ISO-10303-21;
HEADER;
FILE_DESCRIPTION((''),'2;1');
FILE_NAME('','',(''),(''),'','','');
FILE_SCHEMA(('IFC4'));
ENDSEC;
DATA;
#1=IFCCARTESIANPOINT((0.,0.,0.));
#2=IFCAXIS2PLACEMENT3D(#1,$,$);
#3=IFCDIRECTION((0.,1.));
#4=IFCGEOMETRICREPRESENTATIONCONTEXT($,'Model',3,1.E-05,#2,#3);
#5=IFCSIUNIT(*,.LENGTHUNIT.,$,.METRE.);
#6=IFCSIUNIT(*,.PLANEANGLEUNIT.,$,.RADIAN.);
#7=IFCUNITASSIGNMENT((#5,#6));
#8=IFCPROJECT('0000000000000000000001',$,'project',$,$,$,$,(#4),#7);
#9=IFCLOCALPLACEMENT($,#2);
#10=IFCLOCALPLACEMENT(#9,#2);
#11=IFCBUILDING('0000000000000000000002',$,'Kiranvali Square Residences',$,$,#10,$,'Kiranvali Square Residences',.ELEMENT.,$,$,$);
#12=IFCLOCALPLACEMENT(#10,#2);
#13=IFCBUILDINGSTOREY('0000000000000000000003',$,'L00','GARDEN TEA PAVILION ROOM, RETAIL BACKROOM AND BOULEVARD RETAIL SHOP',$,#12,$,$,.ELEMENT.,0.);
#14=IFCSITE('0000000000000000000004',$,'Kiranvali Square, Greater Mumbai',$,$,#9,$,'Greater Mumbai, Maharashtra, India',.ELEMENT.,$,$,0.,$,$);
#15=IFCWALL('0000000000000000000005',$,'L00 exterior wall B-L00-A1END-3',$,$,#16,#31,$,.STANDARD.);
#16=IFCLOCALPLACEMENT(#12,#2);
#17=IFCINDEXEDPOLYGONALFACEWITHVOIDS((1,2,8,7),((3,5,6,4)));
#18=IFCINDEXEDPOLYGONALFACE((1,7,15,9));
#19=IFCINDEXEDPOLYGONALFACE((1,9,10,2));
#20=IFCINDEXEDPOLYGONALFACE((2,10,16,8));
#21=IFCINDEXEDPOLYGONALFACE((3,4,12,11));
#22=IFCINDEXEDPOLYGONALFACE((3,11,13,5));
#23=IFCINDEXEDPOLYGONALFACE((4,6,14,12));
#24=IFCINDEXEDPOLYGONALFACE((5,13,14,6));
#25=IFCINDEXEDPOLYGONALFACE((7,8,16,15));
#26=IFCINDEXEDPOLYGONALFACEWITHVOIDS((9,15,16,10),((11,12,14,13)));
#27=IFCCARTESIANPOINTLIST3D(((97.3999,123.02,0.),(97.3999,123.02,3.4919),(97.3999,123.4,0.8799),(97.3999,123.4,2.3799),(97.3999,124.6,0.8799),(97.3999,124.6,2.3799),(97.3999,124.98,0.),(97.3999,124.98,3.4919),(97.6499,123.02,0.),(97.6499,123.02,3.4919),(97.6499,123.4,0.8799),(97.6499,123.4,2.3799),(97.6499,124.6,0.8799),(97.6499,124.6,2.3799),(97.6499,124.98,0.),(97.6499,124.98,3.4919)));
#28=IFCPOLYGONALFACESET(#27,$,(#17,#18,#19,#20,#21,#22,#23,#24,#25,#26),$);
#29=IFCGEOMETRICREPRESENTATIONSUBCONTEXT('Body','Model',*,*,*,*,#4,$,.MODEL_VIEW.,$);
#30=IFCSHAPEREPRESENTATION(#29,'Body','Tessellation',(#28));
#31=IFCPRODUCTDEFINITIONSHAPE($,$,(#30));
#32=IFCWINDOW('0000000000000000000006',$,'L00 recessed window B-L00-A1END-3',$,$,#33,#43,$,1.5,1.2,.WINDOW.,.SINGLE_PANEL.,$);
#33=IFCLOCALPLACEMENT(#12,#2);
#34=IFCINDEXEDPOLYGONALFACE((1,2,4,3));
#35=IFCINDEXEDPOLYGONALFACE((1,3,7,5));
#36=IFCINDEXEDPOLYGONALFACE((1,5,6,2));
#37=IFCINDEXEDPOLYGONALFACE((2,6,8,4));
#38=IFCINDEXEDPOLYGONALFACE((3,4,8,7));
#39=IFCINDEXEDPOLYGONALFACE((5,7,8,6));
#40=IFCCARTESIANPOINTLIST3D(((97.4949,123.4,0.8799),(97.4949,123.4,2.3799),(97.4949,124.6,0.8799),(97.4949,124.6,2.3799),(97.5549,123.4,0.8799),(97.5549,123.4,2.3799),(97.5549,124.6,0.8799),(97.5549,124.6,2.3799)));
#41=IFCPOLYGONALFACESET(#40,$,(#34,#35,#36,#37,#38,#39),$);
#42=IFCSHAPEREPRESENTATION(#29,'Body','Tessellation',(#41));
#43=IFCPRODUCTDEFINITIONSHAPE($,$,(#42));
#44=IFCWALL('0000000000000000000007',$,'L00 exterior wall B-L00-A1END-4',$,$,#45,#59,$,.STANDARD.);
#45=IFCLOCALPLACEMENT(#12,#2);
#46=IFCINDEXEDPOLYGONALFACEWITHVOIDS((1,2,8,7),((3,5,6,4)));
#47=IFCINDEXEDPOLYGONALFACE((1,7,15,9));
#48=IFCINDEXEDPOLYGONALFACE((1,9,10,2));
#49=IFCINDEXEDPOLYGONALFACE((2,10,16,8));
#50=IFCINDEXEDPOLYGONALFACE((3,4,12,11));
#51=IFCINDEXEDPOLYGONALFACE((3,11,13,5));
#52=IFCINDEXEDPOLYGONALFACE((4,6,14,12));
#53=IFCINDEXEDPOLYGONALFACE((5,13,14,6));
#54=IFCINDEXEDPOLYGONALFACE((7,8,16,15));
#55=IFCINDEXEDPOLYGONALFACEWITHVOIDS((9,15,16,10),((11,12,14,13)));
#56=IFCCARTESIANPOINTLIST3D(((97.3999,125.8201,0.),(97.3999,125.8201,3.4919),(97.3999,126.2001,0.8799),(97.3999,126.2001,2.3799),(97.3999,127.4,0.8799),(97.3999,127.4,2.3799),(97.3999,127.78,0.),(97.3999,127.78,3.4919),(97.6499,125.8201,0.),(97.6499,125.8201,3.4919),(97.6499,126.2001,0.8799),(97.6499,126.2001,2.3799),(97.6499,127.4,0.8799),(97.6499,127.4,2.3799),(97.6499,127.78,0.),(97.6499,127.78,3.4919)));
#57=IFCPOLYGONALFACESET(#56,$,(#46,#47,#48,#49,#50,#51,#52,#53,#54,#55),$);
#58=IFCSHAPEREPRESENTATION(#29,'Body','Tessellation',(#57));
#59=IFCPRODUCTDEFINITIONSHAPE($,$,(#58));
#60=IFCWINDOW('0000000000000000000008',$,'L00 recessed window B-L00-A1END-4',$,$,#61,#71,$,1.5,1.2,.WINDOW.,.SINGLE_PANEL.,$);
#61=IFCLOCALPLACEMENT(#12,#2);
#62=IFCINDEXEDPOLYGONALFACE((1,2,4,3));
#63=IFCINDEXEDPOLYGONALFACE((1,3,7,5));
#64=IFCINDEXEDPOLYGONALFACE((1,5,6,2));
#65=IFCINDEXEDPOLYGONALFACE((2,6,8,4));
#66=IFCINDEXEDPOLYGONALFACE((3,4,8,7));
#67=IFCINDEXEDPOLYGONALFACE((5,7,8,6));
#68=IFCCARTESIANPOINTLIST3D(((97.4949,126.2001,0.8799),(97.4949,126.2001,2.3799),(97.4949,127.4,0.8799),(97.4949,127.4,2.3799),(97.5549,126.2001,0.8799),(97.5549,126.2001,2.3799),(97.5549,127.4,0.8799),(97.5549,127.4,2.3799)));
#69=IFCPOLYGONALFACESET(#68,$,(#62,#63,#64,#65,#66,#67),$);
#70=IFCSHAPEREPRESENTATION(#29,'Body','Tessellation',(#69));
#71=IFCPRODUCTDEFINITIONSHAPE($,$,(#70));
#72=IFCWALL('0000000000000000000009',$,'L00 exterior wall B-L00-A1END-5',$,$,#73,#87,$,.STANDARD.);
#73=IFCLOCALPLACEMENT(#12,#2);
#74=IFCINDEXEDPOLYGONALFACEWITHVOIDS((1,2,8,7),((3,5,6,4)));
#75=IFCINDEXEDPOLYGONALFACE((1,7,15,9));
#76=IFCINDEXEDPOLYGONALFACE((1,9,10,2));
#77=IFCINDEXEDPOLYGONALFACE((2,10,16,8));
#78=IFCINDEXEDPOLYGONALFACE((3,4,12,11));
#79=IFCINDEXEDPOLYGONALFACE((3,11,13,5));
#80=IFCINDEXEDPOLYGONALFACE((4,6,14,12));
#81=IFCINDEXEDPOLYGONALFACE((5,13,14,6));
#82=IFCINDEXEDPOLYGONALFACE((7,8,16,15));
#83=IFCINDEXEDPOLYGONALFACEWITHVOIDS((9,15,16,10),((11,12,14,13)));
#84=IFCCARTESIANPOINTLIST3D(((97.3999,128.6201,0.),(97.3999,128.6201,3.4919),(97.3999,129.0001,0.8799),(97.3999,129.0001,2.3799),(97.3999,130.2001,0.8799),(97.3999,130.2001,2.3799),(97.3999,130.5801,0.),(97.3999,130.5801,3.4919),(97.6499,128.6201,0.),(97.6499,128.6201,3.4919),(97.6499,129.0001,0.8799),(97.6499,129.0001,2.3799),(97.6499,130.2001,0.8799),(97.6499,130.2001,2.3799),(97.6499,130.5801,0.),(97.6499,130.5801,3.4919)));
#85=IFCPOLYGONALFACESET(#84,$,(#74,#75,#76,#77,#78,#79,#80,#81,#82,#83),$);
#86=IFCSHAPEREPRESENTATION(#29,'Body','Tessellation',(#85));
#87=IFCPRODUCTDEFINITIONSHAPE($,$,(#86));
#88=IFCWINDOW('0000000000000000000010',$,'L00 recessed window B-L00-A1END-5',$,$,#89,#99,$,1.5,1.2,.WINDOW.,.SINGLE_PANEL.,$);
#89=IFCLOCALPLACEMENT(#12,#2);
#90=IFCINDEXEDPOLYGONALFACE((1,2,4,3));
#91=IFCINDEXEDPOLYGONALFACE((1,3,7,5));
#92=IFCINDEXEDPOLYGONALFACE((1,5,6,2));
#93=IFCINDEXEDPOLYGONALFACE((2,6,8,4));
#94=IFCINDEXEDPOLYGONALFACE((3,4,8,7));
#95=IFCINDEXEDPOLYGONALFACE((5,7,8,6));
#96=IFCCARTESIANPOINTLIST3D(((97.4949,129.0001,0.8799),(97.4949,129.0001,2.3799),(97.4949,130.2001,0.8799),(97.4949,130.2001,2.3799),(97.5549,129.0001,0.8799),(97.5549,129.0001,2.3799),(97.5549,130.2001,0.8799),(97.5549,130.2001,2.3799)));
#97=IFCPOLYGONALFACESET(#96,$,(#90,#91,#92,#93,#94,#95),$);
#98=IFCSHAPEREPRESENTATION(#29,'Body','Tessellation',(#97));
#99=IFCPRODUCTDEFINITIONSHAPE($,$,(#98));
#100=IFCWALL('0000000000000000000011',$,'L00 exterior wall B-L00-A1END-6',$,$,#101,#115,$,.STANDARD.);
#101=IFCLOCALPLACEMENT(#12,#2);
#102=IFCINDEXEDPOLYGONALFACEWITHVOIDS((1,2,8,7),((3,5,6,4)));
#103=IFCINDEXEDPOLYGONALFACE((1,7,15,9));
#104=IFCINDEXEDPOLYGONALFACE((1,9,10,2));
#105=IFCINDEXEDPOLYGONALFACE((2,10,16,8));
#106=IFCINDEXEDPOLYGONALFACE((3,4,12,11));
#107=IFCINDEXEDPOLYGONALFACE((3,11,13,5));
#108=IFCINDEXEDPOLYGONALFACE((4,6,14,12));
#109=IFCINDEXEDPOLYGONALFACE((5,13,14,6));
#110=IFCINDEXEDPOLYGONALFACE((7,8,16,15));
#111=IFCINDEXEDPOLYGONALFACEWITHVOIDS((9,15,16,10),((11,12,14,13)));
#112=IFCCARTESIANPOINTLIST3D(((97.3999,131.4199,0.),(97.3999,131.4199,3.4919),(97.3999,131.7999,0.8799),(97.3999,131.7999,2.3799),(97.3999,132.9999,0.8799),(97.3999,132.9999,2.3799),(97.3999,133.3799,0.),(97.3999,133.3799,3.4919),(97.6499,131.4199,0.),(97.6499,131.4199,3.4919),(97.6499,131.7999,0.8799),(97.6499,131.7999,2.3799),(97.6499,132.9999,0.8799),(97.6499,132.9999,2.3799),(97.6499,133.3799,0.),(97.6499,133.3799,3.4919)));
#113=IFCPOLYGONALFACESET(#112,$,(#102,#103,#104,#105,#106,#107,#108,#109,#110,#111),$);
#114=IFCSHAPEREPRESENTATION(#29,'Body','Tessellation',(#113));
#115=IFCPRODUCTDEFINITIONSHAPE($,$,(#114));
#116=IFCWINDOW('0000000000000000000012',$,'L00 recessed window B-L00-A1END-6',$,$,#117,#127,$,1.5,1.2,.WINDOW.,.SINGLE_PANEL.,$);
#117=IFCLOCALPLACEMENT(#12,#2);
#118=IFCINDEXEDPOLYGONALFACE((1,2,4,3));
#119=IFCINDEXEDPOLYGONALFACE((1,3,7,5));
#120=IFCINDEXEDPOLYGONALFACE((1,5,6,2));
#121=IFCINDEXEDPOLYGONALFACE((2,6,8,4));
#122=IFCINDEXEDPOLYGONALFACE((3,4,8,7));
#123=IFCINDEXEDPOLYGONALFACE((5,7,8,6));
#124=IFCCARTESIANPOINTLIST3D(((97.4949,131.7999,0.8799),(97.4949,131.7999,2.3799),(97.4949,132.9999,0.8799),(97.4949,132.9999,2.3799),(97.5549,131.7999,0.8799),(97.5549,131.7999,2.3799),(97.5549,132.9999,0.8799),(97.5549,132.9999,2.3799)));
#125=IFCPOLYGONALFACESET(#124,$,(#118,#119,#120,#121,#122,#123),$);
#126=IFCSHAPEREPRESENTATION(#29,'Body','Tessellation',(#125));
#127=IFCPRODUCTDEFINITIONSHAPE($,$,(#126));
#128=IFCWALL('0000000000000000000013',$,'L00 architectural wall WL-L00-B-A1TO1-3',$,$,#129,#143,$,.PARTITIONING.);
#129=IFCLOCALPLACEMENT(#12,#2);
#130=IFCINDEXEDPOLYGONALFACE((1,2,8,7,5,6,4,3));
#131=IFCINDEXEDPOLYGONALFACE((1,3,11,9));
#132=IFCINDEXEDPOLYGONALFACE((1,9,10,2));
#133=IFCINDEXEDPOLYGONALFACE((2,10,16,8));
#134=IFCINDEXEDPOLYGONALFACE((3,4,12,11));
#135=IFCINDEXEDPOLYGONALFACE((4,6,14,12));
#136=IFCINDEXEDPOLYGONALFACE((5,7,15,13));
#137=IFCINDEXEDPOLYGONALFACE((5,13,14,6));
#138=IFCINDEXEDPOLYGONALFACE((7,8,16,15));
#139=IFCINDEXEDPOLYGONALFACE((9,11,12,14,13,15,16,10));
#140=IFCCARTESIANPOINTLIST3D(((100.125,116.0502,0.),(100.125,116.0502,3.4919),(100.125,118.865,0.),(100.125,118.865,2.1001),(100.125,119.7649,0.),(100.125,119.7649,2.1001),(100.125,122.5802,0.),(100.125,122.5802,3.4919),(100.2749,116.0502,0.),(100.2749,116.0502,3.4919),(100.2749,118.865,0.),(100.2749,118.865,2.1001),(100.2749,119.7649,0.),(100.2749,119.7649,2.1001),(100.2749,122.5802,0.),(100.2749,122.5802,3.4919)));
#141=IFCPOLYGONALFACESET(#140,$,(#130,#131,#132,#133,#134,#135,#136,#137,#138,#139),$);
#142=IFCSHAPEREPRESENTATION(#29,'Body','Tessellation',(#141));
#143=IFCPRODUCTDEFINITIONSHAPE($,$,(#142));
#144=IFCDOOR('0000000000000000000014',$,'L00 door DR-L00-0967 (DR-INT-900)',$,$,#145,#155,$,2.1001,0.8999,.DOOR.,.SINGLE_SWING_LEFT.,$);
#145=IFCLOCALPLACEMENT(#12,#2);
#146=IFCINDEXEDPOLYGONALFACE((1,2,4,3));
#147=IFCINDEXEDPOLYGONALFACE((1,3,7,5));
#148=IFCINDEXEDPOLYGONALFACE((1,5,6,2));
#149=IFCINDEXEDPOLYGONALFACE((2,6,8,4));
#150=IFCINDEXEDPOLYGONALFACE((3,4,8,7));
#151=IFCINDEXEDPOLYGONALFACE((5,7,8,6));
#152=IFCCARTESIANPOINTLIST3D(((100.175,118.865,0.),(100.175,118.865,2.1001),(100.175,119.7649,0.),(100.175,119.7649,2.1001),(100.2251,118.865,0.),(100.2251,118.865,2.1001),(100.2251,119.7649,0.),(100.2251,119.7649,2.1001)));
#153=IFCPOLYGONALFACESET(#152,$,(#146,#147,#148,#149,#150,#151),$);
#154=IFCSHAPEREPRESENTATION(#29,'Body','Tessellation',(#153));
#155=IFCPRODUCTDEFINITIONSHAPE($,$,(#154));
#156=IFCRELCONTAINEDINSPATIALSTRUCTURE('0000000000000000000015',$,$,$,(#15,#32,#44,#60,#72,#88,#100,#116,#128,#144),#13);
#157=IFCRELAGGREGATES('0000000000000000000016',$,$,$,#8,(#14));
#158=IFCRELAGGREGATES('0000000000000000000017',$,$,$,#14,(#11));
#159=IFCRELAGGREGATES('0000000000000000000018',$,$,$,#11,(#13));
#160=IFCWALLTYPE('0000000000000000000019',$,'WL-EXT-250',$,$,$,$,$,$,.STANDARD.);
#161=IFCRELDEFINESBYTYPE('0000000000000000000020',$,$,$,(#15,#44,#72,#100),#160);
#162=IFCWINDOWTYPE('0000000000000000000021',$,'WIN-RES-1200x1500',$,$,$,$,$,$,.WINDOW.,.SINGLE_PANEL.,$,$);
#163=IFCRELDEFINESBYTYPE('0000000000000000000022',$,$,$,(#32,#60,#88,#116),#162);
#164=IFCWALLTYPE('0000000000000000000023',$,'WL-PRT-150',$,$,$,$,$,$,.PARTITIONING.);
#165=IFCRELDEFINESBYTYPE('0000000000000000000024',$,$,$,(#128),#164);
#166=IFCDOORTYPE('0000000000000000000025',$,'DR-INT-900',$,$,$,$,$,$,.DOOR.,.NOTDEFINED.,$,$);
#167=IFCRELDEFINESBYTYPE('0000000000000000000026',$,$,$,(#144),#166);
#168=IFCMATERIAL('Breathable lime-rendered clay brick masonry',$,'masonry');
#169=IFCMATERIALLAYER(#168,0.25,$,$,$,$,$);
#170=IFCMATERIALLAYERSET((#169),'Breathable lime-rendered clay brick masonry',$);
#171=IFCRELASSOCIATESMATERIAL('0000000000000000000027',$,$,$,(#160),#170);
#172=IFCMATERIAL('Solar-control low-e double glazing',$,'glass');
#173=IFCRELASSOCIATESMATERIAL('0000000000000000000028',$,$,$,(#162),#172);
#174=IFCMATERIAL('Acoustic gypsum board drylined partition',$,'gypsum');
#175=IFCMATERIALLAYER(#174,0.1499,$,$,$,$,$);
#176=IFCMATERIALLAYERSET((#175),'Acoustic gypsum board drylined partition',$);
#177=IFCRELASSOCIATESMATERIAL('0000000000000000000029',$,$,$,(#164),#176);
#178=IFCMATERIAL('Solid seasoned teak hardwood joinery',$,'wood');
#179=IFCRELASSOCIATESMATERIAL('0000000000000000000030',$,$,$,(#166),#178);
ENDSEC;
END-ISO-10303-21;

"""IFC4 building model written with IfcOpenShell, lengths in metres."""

from ifc_helpers import new_model, si_unit, direction, frame, frame_2d, origin, place, context, subcontext, project, spatial, rectangle, extrude, material, layer, layer_set, type_object, element, fill, save


model = new_model("IFC4")

# Units and contexts
model_context = context("Model", 3, precision=1e-05, world=origin(), true_north=direction((0.0, 1.0)))
body_context = subcontext(model_context, "Body", "Model", "MODEL_VIEW")
ifc_project = project(units=[si_unit("LENGTHUNIT", "METRE"), si_unit("PLANEANGLEUNIT", "RADIAN")], contexts=[model_context])

# Site, building, storey
site_placement = place(None, origin())
site = spatial("IfcSite", under=ifc_project, at=site_placement, Name="Kiranvali Square, Greater Mumbai", LongName="Greater Mumbai, Maharashtra, India", CompositionType="ELEMENT", RefElevation=0.0)
building_placement = place(site_placement, origin())
building = spatial("IfcBuilding", under=site, at=building_placement, Name="Kiranvali Square Residences", LongName="Kiranvali Square Residences", CompositionType="ELEMENT")
storey_placement = place(building_placement, origin())
storey = spatial("IfcBuildingStorey", under=building, at=storey_placement, Name="L00", Description="GARDEN TEA PAVILION ROOM, RETAIL BACKROOM AND BOULEVARD RETAIL SHOP", CompositionType="ELEMENT", Elevation=0.0)

# Walls, openings, windows
ifc_material_1 = material(Name="Breathable lime-rendered clay brick masonry", Category="masonry")
ifc_layer_1 = layer(ifc_material_1, 0.25)
ifc_layer_set_1 = layer_set([ifc_layer_1], Name="Breathable lime-rendered clay brick masonry")
wall_type_1 = type_object("IfcWallType", Name="WL-EXT-250", PredefinedType="STANDARD", material=ifc_layer_set_1)
ifc_material_2 = material(Name="Solar-control low-e double glazing", Category="glass")
wall_1_placement = place(storey_placement, frame((97.5249, 123.02, 0.0), z_axis=(0.0, 0.0, 1.0), x_axis=(0.0, 1.0, 0.0)))
wall_1 = element("IfcWall", 1, at=wall_1_placement, inside=storey, type_object=wall_type_1, Name="L00 exterior wall B-L00-A1END-3", PredefinedType="STANDARD", context=body_context, shape_type="SweptSolid", body=[
    extrude(rectangle(XDim=1.96, YDim=0.25, at=frame_2d((0.98, 0.0))), origin(), (0.0, 0.0, 1.0), 3.4919),
])
opening_1_placement = place(wall_1_placement, frame((0.3799, 0.0, 0.8799)))
opening_1 = element("IfcOpeningElement", 2, at=opening_1_placement, cuts=wall_1, PredefinedType="OPENING", context=body_context, shape_type="SweptSolid", body=[
    extrude(rectangle(XDim=1.2, YDim=1.5, at=frame_2d((0.6001, 0.75))), frame((0.0, 0.135, 0.0), z_axis=(0.0, -1.0, 0.0), x_axis=(1.0, 0.0, 0.0)), (0.0, 0.0, 1.0), 0.27),
])
window_type_1 = type_object("IfcWindowType", Name="WIN-RES-1200x1500", PartitioningType="SINGLE_PANEL", PredefinedType="WINDOW", material=ifc_material_2)
window_1_placement = place(opening_1_placement, origin())
window_1 = element("IfcWindow", 3, at=window_1_placement, inside=storey, type_object=window_type_1, Name="L00 recessed window B-L00-A1END-3", OverallHeight=1.5, OverallWidth=1.2, PartitioningType="SINGLE_PANEL", PredefinedType="WINDOW", context=body_context, shape_type="SweptSolid", body=[
    extrude(rectangle(XDim=1.2, YDim=1.5, at=frame_2d((0.6001, 0.75))), frame((0.0, 0.03, 0.0), z_axis=(0.0, -1.0, 0.0), x_axis=(1.0, 0.0, 0.0)), (0.0, 0.0, 1.0), 0.0601),
])
fill(opening_1, window_1)
wall_2_placement = place(storey_placement, frame((97.5249, 125.8201, 0.0), z_axis=(0.0, 0.0, 1.0), x_axis=(0.0, 1.0, 0.0)))
wall_2 = element("IfcWall", 4, at=wall_2_placement, inside=storey, type_object=wall_type_1, Name="L00 exterior wall B-L00-A1END-4", PredefinedType="STANDARD", context=body_context, shape_type="SweptSolid", body=[
    extrude(rectangle(XDim=1.96, YDim=0.25, at=frame_2d((0.98, 0.0))), origin(), (0.0, 0.0, 1.0), 3.4919),
])
opening_2_placement = place(wall_2_placement, frame((0.3799, 0.0, 0.8799)))
opening_2 = element("IfcOpeningElement", 5, at=opening_2_placement, cuts=wall_2, PredefinedType="OPENING", context=body_context, shape_type="SweptSolid", body=[
    extrude(rectangle(XDim=1.2, YDim=1.5, at=frame_2d((0.6001, 0.75))), frame((0.0, 0.135, 0.0), z_axis=(0.0, -1.0, 0.0), x_axis=(1.0, 0.0, 0.0)), (0.0, 0.0, 1.0), 0.27),
])
window_2_placement = place(opening_2_placement, origin())
window_2 = element("IfcWindow", 6, at=window_2_placement, inside=storey, type_object=window_type_1, Name="L00 recessed window B-L00-A1END-4", OverallHeight=1.5, OverallWidth=1.2, PartitioningType="SINGLE_PANEL", PredefinedType="WINDOW", context=body_context, shape_type="SweptSolid", body=[
    extrude(rectangle(XDim=1.2, YDim=1.5, at=frame_2d((0.6001, 0.75))), frame((0.0, 0.03, 0.0), z_axis=(0.0, -1.0, 0.0), x_axis=(1.0, 0.0, 0.0)), (0.0, 0.0, 1.0), 0.0601),
])
fill(opening_2, window_2)
wall_3_placement = place(storey_placement, frame((97.5249, 128.6201, 0.0), z_axis=(0.0, 0.0, 1.0), x_axis=(0.0, 1.0, 0.0)))
wall_3 = element("IfcWall", 7, at=wall_3_placement, inside=storey, type_object=wall_type_1, Name="L00 exterior wall B-L00-A1END-5", PredefinedType="STANDARD", context=body_context, shape_type="SweptSolid", body=[
    extrude(rectangle(XDim=1.96, YDim=0.25, at=frame_2d((0.98, 0.0))), origin(), (0.0, 0.0, 1.0), 3.4919),
])
opening_3_placement = place(wall_3_placement, frame((0.3799, 0.0, 0.8799)))
opening_3 = element("IfcOpeningElement", 8, at=opening_3_placement, cuts=wall_3, PredefinedType="OPENING", context=body_context, shape_type="SweptSolid", body=[
    extrude(rectangle(XDim=1.2, YDim=1.5, at=frame_2d((0.6001, 0.75))), frame((0.0, 0.135, 0.0), z_axis=(0.0, -1.0, 0.0), x_axis=(1.0, 0.0, 0.0)), (0.0, 0.0, 1.0), 0.27),
])
window_3_placement = place(opening_3_placement, origin())
window_3 = element("IfcWindow", 9, at=window_3_placement, inside=storey, type_object=window_type_1, Name="L00 recessed window B-L00-A1END-5", OverallHeight=1.5, OverallWidth=1.2, PartitioningType="SINGLE_PANEL", PredefinedType="WINDOW", context=body_context, shape_type="SweptSolid", body=[
    extrude(rectangle(XDim=1.2, YDim=1.5, at=frame_2d((0.6001, 0.75))), frame((0.0, 0.03, 0.0), z_axis=(0.0, -1.0, 0.0), x_axis=(1.0, 0.0, 0.0)), (0.0, 0.0, 1.0), 0.0601),
])
fill(opening_3, window_3)
wall_4_placement = place(storey_placement, frame((97.5249, 131.4199, 0.0), z_axis=(0.0, 0.0, 1.0), x_axis=(0.0, 1.0, 0.0)))
wall_4 = element("IfcWall", 10, at=wall_4_placement, inside=storey, type_object=wall_type_1, Name="L00 exterior wall B-L00-A1END-6", PredefinedType="STANDARD", context=body_context, shape_type="SweptSolid", body=[
    extrude(rectangle(XDim=1.96, YDim=0.25, at=frame_2d((0.98, 0.0))), origin(), (0.0, 0.0, 1.0), 3.4919),
])
opening_4_placement = place(wall_4_placement, frame((0.3799, 0.0, 0.8799)))
opening_4 = element("IfcOpeningElement", 11, at=opening_4_placement, cuts=wall_4, PredefinedType="OPENING", context=body_context, shape_type="SweptSolid", body=[
    extrude(rectangle(XDim=1.2, YDim=1.5, at=frame_2d((0.6001, 0.75))), frame((0.0, 0.135, 0.0), z_axis=(0.0, -1.0, 0.0), x_axis=(1.0, 0.0, 0.0)), (0.0, 0.0, 1.0), 0.27),
])
window_4_placement = place(opening_4_placement, origin())
window_4 = element("IfcWindow", 12, at=window_4_placement, inside=storey, type_object=window_type_1, Name="L00 recessed window B-L00-A1END-6", OverallHeight=1.5, OverallWidth=1.2, PartitioningType="SINGLE_PANEL", PredefinedType="WINDOW", context=body_context, shape_type="SweptSolid", body=[
    extrude(rectangle(XDim=1.2, YDim=1.5, at=frame_2d((0.6001, 0.75))), frame((0.0, 0.03, 0.0), z_axis=(0.0, -1.0, 0.0), x_axis=(1.0, 0.0, 0.0)), (0.0, 0.0, 1.0), 0.0601),
])
fill(opening_4, window_4)

# Wall, opening, door
ifc_material_3 = material(Name="Acoustic gypsum board drylined partition", Category="gypsum")
ifc_layer_2 = layer(ifc_material_3, 0.1499)
ifc_layer_set_2 = layer_set([ifc_layer_2], Name="Acoustic gypsum board drylined partition")
wall_type_2 = type_object("IfcWallType", Name="WL-PRT-150", PredefinedType="PARTITIONING", material=ifc_layer_set_2)
wall_5_placement = place(storey_placement, frame((100.2, 116.05, 0.0), z_axis=(0.0, 0.0, 1.0), x_axis=(0.0, 1.0, 0.0)))
wall_5 = element("IfcWall", 13, at=wall_5_placement, inside=storey, type_object=wall_type_2, Name="L00 architectural wall WL-L00-B-A1TO1-3", PredefinedType="PARTITIONING", context=body_context, shape_type="SweptSolid", body=[
    extrude(rectangle(XDim=6.53, YDim=0.1499, at=frame_2d((3.2651, 0.0))), origin(), (0.0, 0.0, 1.0), 3.4919),
])
opening_5_placement = place(wall_5_placement, frame((2.8149, 0.0, 0.0)))
opening_5 = element("IfcOpeningElement", 14, at=opening_5_placement, cuts=wall_5, PredefinedType="OPENING", context=body_context, shape_type="SweptSolid", body=[
    extrude(rectangle(XDim=0.8999, YDim=2.1001, at=frame_2d((0.45, 1.05))), frame((0.0, 0.085, 0.0), z_axis=(0.0, -1.0, 0.0), x_axis=(1.0, 0.0, 0.0)), (0.0, 0.0, 1.0), 0.1699),
])
ifc_material_4 = material(Name="Solid seasoned teak hardwood joinery", Category="wood")
door_type_1 = type_object("IfcDoorType", Name="DR-INT-900", OperationType="NOTDEFINED", PredefinedType="DOOR", material=ifc_material_4)
door_1_placement = place(opening_5_placement, origin())
door_1 = element("IfcDoor", 15, at=door_1_placement, inside=storey, type_object=door_type_1, Name="L00 door DR-L00-0967 (DR-INT-900)", OperationType="SINGLE_SWING_LEFT", OverallHeight=2.1001, OverallWidth=0.8999, PredefinedType="DOOR", context=body_context, shape_type="SweptSolid", body=[
    extrude(rectangle(XDim=0.8999, YDim=2.1001, at=frame_2d((0.45, 1.05))), frame((0.0, 0.0249, 0.0), z_axis=(0.0, -1.0, 0.0), x_axis=(1.0, 0.0, 0.0)), (0.0, 0.0, 1.0), 0.05),
])
fill(opening_5, door_1)

save(model, "model.ifc")
